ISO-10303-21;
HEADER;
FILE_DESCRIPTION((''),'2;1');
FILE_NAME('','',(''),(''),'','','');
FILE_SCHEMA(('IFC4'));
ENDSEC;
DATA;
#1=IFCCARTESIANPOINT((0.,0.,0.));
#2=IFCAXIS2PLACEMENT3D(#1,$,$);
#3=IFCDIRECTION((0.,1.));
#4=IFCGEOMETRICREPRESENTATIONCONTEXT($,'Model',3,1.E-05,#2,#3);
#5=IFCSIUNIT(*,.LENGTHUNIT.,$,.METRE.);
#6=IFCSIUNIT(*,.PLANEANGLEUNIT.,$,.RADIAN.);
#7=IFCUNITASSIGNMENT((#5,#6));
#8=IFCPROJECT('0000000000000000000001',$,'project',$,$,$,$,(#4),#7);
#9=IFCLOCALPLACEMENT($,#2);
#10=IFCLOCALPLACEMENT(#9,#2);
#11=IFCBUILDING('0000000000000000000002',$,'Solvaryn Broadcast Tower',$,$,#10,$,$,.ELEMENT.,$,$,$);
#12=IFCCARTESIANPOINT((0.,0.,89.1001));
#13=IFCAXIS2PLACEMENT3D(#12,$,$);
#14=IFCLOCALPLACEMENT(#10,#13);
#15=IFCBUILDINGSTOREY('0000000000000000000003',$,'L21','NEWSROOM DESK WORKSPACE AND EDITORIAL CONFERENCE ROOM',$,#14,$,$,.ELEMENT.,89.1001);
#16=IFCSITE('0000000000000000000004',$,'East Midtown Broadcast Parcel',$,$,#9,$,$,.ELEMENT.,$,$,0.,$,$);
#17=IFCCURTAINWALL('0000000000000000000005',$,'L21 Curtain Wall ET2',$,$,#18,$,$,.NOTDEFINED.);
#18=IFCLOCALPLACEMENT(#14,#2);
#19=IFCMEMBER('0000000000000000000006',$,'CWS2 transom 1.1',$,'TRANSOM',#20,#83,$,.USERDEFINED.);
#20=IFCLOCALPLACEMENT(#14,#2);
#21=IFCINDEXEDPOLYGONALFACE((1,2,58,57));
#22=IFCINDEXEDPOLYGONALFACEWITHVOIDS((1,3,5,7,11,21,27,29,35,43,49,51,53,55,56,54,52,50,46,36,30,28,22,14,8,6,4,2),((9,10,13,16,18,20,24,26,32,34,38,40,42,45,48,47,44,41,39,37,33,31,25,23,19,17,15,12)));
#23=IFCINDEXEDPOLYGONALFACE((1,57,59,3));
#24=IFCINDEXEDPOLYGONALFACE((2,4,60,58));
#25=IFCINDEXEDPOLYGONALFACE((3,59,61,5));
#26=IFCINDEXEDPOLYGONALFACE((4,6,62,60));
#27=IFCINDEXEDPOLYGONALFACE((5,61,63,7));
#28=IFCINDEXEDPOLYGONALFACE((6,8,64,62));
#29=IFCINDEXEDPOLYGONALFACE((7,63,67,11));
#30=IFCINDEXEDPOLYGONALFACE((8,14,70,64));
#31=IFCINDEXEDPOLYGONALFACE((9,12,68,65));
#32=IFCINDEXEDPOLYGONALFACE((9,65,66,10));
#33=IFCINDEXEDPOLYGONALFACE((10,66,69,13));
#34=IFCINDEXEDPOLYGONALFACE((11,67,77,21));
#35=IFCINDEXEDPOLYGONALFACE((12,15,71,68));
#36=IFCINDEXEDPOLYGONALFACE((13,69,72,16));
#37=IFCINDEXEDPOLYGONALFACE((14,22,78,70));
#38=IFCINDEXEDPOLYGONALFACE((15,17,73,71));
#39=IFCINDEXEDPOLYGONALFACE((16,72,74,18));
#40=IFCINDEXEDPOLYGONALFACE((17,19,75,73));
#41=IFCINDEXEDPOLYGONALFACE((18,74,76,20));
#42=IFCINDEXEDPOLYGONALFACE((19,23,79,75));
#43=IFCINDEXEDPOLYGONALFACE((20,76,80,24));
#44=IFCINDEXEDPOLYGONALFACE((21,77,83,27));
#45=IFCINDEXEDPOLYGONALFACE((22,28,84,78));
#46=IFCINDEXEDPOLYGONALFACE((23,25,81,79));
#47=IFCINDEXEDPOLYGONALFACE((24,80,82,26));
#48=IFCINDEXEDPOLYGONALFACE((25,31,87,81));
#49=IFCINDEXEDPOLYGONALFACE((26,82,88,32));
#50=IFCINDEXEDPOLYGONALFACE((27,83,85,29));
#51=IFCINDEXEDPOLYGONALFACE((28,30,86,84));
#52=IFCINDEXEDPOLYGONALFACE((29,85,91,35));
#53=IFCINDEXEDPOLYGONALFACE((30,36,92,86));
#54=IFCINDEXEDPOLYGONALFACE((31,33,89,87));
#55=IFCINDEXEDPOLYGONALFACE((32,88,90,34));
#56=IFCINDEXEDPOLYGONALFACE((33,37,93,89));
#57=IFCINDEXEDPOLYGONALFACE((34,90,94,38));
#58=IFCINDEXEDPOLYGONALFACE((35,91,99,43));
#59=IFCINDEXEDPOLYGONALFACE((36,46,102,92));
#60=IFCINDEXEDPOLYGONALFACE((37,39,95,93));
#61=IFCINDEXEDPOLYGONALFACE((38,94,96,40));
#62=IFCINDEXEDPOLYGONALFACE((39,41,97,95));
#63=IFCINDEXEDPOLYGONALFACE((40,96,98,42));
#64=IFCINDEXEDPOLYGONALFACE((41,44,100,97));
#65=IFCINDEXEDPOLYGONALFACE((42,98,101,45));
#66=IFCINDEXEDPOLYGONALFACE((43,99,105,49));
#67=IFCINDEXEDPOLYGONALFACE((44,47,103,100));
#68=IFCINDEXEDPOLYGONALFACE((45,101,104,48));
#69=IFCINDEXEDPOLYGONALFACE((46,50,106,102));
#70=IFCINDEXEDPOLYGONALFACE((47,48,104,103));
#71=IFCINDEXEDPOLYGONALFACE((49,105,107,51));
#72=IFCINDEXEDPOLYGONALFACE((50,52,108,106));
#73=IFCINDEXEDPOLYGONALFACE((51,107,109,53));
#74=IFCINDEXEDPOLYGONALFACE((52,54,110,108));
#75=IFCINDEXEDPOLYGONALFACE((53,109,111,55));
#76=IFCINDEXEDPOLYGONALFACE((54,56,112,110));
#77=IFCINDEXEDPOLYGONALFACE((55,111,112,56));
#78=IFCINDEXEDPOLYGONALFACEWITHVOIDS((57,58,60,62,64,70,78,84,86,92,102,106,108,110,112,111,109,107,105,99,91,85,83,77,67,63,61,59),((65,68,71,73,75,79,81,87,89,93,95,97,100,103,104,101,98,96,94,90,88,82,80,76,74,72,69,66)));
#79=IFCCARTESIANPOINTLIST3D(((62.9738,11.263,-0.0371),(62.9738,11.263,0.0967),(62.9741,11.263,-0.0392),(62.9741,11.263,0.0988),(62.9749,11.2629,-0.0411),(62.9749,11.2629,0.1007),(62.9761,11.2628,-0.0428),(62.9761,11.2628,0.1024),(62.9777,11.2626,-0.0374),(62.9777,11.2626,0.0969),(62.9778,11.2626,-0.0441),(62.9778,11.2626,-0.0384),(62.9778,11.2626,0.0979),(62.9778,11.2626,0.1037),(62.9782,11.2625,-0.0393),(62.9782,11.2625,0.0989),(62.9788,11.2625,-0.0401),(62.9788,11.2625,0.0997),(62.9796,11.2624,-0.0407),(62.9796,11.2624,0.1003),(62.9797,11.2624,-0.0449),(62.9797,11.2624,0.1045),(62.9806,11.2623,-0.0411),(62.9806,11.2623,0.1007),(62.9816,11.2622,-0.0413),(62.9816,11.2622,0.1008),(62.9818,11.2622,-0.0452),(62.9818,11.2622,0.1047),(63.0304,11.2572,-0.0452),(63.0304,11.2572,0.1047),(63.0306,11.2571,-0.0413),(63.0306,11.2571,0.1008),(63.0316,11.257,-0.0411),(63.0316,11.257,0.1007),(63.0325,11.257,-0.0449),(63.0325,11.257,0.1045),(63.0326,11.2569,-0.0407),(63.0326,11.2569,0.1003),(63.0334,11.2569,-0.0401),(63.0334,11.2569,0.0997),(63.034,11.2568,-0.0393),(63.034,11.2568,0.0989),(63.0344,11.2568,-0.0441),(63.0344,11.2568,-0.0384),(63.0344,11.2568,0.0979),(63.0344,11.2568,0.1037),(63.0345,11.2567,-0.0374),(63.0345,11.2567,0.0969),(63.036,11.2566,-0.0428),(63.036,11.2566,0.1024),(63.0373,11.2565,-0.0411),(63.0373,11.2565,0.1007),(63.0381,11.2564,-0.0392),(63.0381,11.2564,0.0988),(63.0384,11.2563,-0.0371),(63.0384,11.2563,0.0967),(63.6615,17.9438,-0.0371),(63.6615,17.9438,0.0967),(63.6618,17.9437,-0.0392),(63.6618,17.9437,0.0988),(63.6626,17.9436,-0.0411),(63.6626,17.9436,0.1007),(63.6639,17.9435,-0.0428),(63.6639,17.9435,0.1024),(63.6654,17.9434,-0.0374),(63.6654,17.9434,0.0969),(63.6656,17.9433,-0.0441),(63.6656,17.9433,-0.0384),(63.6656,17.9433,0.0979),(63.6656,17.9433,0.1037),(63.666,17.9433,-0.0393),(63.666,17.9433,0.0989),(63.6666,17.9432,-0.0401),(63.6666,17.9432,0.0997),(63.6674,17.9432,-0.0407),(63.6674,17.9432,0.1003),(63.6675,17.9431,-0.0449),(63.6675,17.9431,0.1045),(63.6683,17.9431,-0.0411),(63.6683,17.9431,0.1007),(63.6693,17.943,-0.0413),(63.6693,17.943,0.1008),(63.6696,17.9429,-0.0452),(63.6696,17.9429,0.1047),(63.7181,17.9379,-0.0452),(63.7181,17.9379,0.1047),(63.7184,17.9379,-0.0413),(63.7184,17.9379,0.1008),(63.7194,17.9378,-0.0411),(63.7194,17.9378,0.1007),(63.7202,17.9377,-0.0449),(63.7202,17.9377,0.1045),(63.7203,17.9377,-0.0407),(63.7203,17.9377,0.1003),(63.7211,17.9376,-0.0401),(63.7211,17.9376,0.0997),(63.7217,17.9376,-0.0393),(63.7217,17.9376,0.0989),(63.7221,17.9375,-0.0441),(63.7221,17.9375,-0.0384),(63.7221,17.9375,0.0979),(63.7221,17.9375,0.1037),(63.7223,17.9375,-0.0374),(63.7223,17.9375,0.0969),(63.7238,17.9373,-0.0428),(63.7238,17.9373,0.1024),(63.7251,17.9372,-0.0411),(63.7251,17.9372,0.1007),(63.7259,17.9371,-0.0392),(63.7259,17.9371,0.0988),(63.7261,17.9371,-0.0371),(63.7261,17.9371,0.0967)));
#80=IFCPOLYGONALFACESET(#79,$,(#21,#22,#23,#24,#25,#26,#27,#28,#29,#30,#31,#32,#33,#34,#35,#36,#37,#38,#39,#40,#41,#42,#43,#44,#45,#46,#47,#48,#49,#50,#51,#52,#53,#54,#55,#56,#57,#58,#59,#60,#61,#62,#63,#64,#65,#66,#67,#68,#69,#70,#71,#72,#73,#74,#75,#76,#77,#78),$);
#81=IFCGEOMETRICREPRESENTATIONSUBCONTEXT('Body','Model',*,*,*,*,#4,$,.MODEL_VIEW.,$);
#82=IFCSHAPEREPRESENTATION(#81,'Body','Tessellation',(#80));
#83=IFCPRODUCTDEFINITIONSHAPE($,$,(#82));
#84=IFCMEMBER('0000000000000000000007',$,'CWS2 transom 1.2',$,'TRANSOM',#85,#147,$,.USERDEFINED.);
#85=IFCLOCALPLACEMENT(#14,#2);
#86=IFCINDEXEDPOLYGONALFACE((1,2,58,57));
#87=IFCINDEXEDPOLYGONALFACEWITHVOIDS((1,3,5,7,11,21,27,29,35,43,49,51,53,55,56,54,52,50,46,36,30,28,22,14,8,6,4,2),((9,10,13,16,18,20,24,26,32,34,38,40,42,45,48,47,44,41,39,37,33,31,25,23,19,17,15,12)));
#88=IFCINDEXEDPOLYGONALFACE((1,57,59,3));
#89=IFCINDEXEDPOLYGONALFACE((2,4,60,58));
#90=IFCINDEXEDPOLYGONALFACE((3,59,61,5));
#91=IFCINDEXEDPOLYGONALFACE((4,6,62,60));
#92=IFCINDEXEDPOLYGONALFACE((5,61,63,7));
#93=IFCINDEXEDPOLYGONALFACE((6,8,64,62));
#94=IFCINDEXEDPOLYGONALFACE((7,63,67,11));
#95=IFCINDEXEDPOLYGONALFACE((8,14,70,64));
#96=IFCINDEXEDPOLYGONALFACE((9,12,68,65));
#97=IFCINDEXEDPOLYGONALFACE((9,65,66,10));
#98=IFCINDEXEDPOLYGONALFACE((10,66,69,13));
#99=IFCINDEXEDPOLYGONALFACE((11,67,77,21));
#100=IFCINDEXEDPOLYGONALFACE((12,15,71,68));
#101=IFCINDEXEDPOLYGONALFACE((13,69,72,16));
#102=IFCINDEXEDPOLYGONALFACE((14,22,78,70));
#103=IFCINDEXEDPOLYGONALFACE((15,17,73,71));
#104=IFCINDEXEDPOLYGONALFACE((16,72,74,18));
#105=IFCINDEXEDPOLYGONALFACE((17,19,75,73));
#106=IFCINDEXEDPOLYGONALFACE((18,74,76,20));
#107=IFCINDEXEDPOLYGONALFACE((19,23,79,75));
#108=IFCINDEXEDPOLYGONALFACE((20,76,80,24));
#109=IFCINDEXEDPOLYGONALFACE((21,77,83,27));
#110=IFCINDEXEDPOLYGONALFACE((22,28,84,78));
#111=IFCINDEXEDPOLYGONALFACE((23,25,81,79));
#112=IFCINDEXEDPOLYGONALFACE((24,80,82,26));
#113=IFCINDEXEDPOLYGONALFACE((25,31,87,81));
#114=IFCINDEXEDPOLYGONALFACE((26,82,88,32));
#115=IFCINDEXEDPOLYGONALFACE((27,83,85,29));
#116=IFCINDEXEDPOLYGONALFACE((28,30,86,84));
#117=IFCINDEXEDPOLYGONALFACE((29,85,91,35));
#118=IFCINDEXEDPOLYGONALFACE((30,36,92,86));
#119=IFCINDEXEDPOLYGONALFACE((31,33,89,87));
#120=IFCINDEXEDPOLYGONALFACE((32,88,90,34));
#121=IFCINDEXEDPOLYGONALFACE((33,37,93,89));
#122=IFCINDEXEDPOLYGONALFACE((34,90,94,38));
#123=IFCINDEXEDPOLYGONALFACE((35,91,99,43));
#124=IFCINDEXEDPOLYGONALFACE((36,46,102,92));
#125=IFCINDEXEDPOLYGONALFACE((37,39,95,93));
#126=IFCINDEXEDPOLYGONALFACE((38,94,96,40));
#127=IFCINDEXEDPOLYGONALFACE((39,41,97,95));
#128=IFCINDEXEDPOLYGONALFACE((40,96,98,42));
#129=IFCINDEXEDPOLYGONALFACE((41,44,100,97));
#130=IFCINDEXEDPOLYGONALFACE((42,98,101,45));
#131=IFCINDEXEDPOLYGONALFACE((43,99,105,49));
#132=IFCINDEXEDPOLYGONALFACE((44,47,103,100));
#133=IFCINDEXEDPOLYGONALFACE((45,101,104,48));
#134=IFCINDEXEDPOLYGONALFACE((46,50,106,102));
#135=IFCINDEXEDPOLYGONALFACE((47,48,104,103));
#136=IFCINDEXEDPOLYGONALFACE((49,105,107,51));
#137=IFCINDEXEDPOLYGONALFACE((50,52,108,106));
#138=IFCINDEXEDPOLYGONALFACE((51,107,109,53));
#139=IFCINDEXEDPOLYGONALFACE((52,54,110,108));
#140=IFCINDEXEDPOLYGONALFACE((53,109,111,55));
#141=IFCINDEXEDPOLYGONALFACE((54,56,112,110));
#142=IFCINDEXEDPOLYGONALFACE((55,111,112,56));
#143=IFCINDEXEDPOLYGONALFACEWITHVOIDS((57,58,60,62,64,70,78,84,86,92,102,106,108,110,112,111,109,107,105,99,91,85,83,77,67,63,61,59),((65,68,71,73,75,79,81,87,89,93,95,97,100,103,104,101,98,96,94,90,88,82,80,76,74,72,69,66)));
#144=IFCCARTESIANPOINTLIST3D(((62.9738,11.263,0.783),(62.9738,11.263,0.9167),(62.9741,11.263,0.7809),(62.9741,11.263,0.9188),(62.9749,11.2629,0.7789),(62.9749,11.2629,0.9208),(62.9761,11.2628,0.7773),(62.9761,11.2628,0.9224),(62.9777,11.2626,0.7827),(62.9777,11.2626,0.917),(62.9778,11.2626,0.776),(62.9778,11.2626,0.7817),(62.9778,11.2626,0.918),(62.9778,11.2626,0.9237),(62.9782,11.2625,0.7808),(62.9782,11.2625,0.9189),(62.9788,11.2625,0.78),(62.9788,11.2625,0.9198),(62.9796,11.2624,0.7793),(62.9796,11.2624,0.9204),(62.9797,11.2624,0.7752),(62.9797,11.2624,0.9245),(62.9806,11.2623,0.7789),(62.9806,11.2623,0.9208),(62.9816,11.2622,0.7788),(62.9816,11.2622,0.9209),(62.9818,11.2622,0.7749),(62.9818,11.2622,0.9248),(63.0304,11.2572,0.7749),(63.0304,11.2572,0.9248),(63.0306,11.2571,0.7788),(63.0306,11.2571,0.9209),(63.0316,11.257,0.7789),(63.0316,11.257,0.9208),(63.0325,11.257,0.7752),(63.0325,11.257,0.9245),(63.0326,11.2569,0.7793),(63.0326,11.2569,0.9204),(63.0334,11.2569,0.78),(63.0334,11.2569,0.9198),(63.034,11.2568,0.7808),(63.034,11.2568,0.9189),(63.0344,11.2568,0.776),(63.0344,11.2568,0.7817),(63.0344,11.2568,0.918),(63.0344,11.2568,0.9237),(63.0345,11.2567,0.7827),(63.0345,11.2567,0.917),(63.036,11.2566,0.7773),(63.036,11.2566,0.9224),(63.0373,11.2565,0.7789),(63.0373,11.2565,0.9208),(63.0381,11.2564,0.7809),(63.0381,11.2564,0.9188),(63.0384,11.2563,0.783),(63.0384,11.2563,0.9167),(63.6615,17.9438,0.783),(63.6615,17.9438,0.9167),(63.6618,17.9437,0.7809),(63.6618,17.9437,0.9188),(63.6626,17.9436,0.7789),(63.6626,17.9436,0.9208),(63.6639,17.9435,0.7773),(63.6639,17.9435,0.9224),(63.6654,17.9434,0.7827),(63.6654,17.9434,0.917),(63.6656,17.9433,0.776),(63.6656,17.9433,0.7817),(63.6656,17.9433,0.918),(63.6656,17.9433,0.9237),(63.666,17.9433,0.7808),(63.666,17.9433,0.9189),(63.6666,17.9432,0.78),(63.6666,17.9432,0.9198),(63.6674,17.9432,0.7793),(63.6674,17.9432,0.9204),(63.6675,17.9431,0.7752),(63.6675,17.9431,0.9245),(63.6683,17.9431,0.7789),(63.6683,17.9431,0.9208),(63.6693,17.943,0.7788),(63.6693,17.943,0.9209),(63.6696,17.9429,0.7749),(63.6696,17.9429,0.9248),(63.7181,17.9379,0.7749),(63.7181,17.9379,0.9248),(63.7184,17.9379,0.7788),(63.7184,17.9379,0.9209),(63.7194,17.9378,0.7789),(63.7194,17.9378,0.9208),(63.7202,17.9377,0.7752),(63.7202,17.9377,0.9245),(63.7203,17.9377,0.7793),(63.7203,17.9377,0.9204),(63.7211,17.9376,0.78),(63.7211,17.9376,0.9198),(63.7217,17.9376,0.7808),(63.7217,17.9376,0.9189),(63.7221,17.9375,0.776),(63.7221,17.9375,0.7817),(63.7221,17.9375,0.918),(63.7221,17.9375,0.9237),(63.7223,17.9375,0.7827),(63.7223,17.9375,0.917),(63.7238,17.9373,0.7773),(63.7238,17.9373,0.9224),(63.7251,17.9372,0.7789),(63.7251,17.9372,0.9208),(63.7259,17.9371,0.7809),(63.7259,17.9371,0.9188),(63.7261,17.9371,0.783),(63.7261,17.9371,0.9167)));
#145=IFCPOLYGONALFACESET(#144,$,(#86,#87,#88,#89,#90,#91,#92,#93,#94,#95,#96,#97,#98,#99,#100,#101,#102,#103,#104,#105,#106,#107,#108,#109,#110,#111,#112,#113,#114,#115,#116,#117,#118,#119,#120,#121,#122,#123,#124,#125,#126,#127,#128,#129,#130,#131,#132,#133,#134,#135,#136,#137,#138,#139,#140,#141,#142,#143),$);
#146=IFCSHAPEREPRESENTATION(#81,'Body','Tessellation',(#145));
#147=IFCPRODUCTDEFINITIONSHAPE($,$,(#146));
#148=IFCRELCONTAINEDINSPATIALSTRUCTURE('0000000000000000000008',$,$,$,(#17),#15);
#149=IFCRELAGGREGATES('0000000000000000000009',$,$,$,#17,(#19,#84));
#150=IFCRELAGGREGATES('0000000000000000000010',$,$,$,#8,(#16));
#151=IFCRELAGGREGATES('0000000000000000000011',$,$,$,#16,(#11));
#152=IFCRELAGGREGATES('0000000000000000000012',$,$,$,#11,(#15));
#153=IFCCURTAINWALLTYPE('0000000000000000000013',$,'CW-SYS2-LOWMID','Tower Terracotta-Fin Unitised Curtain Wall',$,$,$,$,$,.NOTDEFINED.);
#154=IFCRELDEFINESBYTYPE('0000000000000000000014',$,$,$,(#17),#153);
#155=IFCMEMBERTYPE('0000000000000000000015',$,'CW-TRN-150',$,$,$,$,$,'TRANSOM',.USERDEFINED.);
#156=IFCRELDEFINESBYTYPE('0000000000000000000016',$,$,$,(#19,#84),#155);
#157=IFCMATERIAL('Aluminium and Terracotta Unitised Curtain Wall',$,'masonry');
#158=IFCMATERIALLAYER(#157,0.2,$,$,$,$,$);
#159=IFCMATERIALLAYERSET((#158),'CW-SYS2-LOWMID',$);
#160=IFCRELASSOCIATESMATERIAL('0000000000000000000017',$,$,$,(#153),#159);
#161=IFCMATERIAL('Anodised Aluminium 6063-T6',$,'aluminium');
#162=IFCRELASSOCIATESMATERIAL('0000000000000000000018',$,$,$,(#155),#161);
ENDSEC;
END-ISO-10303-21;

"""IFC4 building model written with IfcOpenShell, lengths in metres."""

from ifc_helpers import new_model, si_unit, direction, frame, origin, origin_2d, place, context, subcontext, project, spatial, hollow_rectangle, extrude, material, layer, layer_set, material_profile, profile_set, type_object, element, aggregate, save


model = new_model("IFC4")

# Units and contexts
model_context = context("Model", 3, precision=1e-05, world=origin(), true_north=direction((0.0, 1.0)))
body_context = subcontext(model_context, "Body", "Model", "MODEL_VIEW")
ifc_project = project(units=[si_unit("LENGTHUNIT", "METRE"), si_unit("PLANEANGLEUNIT", "RADIAN")], contexts=[model_context])

# Site, building, storey
site_placement = place(None, origin())
site = spatial("IfcSite", under=ifc_project, at=site_placement, Name="East Midtown Broadcast Parcel", CompositionType="ELEMENT", RefElevation=0.0)
building_placement = place(site_placement, origin())
building = spatial("IfcBuilding", under=site, at=building_placement, Name="Solvaryn Broadcast Tower", CompositionType="ELEMENT")
storey_placement = place(building_placement, frame((0.0, 0.0, 89.1001)))
storey = spatial("IfcBuildingStorey", under=building, at=storey_placement, Name="L21", Description="NEWSROOM DESK WORKSPACE AND EDITORIAL CONFERENCE ROOM", CompositionType="ELEMENT", Elevation=89.1001)

# Shared definitions
ifc_material_1 = material(Name="Aluminium and Terracotta Unitised Curtain Wall", Category="masonry")
ifc_layer_1 = layer(ifc_material_1, 0.2)
ifc_layer_set_1 = layer_set([ifc_layer_1], Name="CW-SYS2-LOWMID")
curtain_wall_type = type_object("IfcCurtainWallType", Name="CW-SYS2-LOWMID", Description="Tower Terracotta-Fin Unitised Curtain Wall", PredefinedType="NOTDEFINED", material=ifc_layer_set_1)

# Curtain wall, members
curtain_wall_1_placement = place(storey_placement, origin())
curtain_wall_1 = element("IfcCurtainWall", 1, at=curtain_wall_1_placement, inside=storey, type_object=curtain_wall_type, Name="L21 Curtain Wall ET2", PredefinedType="NOTDEFINED")
ifc_material_2 = material(Name="Anodised Aluminium 6063-T6", Category="aluminium")
ifc_material_profile_1 = material_profile(ifc_material_2, hollow_rectangle(XDim=0.0649, YDim=0.1499, WallThickness=0.0039, InnerFilletRadius=0.0039, OuterFilletRadius=0.0081, at=origin_2d()))
ifc_profile_set_1 = profile_set([ifc_material_profile_1], Name="Anodised Aluminium 6063-T6")
member_type_1 = type_object("IfcMemberType", Name="CW-TRN-150", ElementType="TRANSOM", PredefinedType="USERDEFINED", material=ifc_profile_set_1)
member_1_placement = place(storey_placement, frame((63.6938, 17.9404, 0.0298), z_axis=(-0.102404, -0.994743, 0.0), x_axis=(0.994743, -0.102404, 0.0)))
member_1 = element("IfcMember", 2, at=member_1_placement, type_object=member_type_1, Name="CWS2 transom 1.1", ObjectType="TRANSOM", PredefinedType="USERDEFINED", context=body_context, shape_type="SweptSolid", body=[
    extrude(hollow_rectangle(XDim=0.0649, YDim=0.1499, WallThickness=0.0039, InnerFilletRadius=0.0039, OuterFilletRadius=0.0081, at=origin_2d()), origin(), (0.0, 0.0, 1.0), 6.7161),
])
member_2_placement = place(storey_placement, frame((63.6938, 17.9404, 0.8499), z_axis=(-0.102404, -0.994743, 0.0), x_axis=(0.994743, -0.102404, 0.0)))
member_2 = element("IfcMember", 3, at=member_2_placement, type_object=member_type_1, Name="CWS2 transom 1.2", ObjectType="TRANSOM", PredefinedType="USERDEFINED", context=body_context, shape_type="SweptSolid", body=[
    extrude(hollow_rectangle(XDim=0.0649, YDim=0.1499, WallThickness=0.0039, InnerFilletRadius=0.0039, OuterFilletRadius=0.0081, at=origin_2d()), origin(), (0.0, 0.0, 1.0), 6.7161),
])
aggregate(curtain_wall_1, [member_1, member_2])

save(model, "model.ifc")
